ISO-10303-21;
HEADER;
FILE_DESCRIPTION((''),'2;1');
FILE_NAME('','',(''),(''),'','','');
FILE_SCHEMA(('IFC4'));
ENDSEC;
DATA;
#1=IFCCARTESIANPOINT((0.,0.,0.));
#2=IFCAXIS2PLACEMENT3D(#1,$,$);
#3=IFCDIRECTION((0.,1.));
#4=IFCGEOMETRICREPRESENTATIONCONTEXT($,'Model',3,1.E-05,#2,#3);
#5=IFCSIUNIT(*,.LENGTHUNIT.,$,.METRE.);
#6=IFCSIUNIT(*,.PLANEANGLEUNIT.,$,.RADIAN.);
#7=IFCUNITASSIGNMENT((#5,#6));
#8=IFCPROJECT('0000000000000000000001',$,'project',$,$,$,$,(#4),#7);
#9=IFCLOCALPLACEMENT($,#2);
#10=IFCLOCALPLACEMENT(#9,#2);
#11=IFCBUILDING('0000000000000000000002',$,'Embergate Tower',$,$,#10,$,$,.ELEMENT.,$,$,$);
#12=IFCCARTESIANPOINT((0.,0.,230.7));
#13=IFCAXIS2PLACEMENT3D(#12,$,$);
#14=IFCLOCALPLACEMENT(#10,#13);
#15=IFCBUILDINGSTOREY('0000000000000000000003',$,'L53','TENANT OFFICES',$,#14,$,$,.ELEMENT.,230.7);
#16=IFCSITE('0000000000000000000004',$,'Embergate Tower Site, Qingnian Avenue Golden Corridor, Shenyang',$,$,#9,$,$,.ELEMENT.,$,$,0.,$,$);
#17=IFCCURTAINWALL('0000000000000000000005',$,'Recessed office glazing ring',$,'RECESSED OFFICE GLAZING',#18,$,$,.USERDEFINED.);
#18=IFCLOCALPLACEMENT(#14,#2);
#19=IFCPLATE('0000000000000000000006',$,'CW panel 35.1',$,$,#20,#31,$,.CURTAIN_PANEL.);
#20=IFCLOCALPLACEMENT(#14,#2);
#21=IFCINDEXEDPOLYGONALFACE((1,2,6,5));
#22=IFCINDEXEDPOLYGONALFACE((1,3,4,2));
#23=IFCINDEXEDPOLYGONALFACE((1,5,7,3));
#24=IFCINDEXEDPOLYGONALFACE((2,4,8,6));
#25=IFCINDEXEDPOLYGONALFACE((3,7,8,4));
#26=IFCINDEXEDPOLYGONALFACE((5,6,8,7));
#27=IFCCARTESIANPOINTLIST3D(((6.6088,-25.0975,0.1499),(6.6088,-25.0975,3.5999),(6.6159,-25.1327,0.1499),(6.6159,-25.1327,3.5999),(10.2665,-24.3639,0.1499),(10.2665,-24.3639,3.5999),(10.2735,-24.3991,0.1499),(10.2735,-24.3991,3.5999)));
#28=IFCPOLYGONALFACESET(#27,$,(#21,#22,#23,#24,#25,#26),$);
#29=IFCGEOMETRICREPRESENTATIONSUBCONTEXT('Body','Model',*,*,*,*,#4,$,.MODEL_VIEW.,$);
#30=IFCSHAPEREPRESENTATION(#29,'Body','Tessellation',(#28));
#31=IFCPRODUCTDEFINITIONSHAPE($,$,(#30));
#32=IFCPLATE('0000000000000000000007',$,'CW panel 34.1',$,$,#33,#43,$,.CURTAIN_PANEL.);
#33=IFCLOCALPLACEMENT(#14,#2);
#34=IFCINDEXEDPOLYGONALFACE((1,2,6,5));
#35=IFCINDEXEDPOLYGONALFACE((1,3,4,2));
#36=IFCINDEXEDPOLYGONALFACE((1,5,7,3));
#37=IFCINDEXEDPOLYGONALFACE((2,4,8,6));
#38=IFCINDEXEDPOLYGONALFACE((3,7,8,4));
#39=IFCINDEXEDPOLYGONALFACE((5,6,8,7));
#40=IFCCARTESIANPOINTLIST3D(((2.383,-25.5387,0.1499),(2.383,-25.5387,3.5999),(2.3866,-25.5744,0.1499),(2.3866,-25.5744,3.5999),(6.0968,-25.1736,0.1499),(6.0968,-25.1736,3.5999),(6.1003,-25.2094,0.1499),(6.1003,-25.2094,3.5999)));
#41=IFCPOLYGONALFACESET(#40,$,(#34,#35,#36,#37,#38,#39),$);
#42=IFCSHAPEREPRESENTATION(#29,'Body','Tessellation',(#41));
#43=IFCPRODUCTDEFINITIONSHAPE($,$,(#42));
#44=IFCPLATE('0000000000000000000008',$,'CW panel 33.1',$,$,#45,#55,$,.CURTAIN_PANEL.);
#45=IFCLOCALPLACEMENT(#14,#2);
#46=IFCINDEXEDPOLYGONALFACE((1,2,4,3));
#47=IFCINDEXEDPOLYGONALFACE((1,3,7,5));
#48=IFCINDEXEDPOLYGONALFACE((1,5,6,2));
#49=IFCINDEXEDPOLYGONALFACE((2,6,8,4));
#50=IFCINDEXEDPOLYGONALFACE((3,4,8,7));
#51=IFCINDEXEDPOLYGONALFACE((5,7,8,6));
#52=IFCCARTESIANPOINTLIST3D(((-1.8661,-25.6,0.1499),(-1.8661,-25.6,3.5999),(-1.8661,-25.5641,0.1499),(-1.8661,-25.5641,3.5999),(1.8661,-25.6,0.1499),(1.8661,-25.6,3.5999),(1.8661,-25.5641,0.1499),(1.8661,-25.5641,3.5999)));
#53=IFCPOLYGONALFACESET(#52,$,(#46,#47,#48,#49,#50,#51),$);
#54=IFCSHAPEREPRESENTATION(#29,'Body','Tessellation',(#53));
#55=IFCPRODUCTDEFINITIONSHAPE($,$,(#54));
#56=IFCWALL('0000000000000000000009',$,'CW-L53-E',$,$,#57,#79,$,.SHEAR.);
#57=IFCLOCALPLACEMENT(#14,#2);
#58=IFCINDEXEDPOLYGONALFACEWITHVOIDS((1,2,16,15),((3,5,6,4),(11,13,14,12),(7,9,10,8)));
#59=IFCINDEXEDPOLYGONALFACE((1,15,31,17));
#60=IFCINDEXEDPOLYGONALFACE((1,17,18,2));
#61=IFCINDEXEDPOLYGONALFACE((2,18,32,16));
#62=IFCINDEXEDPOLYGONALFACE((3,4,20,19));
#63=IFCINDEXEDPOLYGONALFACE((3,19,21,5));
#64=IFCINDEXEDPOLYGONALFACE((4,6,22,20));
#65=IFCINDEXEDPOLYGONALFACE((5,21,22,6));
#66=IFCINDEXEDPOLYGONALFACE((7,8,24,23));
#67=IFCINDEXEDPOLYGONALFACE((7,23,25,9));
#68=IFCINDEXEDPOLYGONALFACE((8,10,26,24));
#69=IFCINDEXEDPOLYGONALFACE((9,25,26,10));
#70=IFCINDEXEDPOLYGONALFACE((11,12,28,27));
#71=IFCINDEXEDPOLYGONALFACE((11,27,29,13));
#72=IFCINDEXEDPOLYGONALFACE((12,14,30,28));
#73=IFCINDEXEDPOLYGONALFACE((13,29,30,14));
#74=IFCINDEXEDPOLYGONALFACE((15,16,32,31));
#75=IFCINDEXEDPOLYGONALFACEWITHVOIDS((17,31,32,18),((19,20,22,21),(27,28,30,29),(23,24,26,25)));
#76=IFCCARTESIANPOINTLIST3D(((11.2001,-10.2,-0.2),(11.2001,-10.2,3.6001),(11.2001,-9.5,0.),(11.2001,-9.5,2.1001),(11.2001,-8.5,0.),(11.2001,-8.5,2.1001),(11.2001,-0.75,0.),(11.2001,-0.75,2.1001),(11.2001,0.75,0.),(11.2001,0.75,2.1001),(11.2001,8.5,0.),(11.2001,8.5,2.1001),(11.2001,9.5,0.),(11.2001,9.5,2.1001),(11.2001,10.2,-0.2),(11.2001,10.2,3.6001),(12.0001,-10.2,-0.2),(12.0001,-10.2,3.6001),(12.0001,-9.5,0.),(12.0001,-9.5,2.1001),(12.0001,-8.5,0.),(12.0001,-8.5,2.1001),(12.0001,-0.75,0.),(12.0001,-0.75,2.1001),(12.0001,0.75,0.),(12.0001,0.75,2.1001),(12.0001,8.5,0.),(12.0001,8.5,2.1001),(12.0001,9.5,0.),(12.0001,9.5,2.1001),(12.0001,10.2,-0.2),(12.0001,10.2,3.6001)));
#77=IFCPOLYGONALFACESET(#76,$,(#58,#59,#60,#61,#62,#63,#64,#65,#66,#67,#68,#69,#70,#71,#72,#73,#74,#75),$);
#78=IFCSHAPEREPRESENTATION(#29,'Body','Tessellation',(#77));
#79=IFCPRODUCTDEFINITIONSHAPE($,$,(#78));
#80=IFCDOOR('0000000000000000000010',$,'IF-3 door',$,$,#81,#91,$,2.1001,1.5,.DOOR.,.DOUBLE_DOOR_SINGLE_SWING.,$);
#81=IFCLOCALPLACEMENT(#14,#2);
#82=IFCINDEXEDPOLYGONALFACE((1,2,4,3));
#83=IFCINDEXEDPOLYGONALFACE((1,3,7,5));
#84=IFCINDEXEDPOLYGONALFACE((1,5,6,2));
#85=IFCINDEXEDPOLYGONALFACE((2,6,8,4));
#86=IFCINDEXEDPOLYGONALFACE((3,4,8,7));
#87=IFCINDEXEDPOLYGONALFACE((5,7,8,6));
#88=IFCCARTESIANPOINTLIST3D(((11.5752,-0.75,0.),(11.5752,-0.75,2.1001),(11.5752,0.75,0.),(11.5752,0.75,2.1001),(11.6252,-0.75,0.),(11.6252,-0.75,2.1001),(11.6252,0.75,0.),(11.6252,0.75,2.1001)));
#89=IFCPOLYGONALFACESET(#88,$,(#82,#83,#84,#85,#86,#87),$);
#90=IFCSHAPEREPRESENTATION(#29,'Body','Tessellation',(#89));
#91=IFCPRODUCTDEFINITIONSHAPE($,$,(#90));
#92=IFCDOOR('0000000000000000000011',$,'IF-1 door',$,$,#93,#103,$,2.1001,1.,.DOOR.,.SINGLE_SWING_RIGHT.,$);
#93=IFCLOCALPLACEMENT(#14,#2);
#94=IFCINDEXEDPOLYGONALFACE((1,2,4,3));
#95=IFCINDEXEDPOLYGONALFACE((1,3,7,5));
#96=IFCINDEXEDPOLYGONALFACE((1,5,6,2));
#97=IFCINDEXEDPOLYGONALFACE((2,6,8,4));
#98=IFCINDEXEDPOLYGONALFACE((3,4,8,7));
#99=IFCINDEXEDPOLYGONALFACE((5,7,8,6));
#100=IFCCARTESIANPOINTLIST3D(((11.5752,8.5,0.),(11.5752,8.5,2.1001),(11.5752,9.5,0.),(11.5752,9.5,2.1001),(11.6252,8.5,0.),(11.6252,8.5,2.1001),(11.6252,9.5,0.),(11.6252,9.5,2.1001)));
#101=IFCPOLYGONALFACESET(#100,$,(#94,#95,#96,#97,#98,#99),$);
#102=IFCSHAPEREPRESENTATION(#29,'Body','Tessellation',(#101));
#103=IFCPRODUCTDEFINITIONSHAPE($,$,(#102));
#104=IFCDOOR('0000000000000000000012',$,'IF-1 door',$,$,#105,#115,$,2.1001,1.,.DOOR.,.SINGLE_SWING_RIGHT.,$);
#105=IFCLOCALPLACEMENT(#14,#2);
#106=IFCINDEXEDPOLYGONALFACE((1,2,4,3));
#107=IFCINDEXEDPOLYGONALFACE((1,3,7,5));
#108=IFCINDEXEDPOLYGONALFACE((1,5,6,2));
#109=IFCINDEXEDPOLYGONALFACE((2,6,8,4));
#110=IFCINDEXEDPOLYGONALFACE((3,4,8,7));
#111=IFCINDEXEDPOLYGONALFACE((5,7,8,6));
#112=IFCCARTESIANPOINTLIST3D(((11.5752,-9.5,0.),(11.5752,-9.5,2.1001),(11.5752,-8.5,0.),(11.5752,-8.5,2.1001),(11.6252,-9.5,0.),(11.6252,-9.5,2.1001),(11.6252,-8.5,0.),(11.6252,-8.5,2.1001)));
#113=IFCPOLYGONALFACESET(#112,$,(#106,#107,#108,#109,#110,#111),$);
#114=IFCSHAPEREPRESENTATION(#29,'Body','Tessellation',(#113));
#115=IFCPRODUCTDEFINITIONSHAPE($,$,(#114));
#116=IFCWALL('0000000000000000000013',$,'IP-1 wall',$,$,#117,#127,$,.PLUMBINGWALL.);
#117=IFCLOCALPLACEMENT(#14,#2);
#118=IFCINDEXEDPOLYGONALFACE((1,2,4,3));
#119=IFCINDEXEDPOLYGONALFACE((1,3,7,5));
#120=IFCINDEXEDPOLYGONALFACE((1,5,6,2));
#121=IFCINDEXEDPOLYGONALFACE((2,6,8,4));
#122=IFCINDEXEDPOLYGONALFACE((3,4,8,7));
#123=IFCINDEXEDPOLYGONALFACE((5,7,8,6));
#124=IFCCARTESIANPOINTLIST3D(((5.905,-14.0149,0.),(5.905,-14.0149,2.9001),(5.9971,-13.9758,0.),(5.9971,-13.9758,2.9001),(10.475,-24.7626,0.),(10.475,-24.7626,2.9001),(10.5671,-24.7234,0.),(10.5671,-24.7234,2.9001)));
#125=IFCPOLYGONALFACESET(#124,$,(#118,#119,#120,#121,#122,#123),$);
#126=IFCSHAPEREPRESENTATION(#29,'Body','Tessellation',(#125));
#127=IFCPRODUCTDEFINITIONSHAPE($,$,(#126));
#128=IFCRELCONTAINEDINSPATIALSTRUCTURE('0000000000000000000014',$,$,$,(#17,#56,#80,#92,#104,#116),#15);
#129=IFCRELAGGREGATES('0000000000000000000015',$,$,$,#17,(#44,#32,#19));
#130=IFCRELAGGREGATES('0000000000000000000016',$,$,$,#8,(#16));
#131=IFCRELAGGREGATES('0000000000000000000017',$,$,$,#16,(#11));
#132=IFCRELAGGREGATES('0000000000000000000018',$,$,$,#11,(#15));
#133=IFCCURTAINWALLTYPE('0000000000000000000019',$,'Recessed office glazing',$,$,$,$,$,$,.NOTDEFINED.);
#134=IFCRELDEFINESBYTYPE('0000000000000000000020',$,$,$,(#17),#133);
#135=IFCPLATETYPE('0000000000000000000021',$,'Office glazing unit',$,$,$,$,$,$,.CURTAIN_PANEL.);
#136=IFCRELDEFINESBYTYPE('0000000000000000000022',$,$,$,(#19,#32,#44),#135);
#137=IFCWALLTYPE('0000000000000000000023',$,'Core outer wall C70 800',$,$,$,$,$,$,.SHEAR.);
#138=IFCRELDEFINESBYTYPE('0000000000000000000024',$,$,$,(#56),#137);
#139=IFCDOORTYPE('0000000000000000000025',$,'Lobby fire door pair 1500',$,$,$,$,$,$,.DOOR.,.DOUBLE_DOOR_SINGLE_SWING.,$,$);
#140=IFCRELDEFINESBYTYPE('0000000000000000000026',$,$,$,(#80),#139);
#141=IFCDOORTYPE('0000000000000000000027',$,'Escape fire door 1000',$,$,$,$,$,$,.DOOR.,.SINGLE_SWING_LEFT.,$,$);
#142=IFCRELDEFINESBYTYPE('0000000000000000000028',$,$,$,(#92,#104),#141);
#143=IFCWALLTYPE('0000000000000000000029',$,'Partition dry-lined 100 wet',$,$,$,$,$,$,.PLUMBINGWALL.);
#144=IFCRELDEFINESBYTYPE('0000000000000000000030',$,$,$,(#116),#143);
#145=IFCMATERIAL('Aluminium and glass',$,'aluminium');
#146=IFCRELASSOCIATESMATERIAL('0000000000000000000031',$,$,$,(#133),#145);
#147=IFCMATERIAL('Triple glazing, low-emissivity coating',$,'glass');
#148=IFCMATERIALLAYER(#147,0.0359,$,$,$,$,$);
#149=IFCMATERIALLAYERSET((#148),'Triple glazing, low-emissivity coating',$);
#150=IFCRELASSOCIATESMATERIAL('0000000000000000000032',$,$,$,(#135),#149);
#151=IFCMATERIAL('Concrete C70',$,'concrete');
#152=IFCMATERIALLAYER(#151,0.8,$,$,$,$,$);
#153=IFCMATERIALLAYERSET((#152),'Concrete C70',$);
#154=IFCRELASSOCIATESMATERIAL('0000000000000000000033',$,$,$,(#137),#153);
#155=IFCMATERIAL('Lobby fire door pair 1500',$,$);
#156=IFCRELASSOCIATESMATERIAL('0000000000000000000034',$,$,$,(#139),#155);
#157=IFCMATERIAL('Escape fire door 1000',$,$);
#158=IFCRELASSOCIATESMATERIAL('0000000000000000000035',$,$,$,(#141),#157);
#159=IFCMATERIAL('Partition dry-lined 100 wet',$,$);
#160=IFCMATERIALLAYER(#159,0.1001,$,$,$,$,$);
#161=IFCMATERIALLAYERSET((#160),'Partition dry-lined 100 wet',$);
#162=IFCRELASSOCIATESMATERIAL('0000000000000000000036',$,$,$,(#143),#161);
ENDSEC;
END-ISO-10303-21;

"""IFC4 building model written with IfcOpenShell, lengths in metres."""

from ifc_helpers import new_model, si_unit, direction, frame, frame_2d, origin, origin_2d, place, context, subcontext, project, spatial, rectangle, extrude, source, transform, mapped, material, layer, layer_set, type_object, element, fill, aggregate, save


model = new_model("IFC4")

# Units and contexts
model_context = context("Model", 3, precision=1e-05, world=origin(), true_north=direction((0.0, 1.0)))
body_context = subcontext(model_context, "Body", "Model", "MODEL_VIEW")
ifc_project = project(units=[si_unit("LENGTHUNIT", "METRE"), si_unit("PLANEANGLEUNIT", "RADIAN")], contexts=[model_context])

# Site, building, storey
site_placement = place(None, origin())
site = spatial("IfcSite", under=ifc_project, at=site_placement, Name="Embergate Tower Site, Qingnian Avenue Golden Corridor, Shenyang", CompositionType="ELEMENT", RefElevation=0.0)
building_placement = place(site_placement, origin())
building = spatial("IfcBuilding", under=site, at=building_placement, Name="Embergate Tower", CompositionType="ELEMENT")
storey_placement = place(building_placement, frame((0.0, 0.0, 230.7)))
storey = spatial("IfcBuildingStorey", under=building, at=storey_placement, Name="L53", Description="TENANT OFFICES", CompositionType="ELEMENT", Elevation=230.7)

# Curtain wall, plates
ifc_material_1 = material(Name="Aluminium and glass", Category="aluminium")
curtain_wall_type = type_object("IfcCurtainWallType", Name="Recessed office glazing", PredefinedType="NOTDEFINED", material=ifc_material_1)
curtain_wall_placement = place(storey_placement, origin())
curtain_wall = element("IfcCurtainWall", 1, at=curtain_wall_placement, inside=storey, type_object=curtain_wall_type, Name="Recessed office glazing ring", ObjectType="RECESSED OFFICE GLAZING", PredefinedType="USERDEFINED")
ifc_material_2 = material(Name="Triple glazing, low-emissivity coating", Category="glass")
ifc_layer_1 = layer(ifc_material_2, 0.0359)
ifc_layer_set_1 = layer_set([ifc_layer_1], Name="Triple glazing, low-emissivity coating")
plate_type = type_object("IfcPlateType", Name="Office glazing unit", PredefinedType="CURTAIN_PANEL", material=ifc_layer_set_1)
shared_shape_1 = source(origin(), body_context, "Body", "SweptSolid", [
    extrude(rectangle(XDim=3.7305, YDim=0.0359, at=origin_2d()), origin(), (0.0, 0.0, 1.0), 3.45),
])
plate_1_placement = place(storey_placement, frame((8.4412, -24.7483, 0.1499), z_axis=(0.0, 0.0, 1.0), x_axis=(0.980477, 0.196636, 0.0)))
plate_1 = element("IfcPlate", 2, at=plate_1_placement, type_object=plate_type, Name="CW panel 35.1", PredefinedType="CURTAIN_PANEL", context=body_context, shape_type="MappedRepresentation", body=[
    mapped(shared_shape_1, transform((0.0, 0.0, 0.0))),
])
shared_shape_2 = source(origin(), body_context, "Body", "SweptSolid", [
    extrude(rectangle(XDim=3.7317, YDim=0.0359, at=origin_2d()), origin(), (0.0, 0.0, 1.0), 3.45),
])
plate_2_placement = place(storey_placement, frame((4.2417, -25.374, 0.1499), z_axis=(0.0, 0.0, 1.0), x_axis=(0.995203, 0.097828, 0.0)))
plate_2 = element("IfcPlate", 3, at=plate_2_placement, type_object=plate_type, Name="CW panel 34.1", PredefinedType="CURTAIN_PANEL", context=body_context, shape_type="MappedRepresentation", body=[
    mapped(shared_shape_2, transform((0.0, 0.0, 0.0))),
])
shared_shape_3 = source(origin(), body_context, "Body", "SweptSolid", [
    extrude(rectangle(XDim=3.7322, YDim=0.0359, at=origin_2d()), origin(), (0.0, 0.0, 1.0), 3.45),
])
plate_3_placement = place(storey_placement, frame((0.0, -25.582, 0.1499), z_axis=(0.0, 0.0, 1.0), x_axis=(1.0, 0.0, 0.0)))
plate_3 = element("IfcPlate", 4, at=plate_3_placement, type_object=plate_type, Name="CW panel 33.1", PredefinedType="CURTAIN_PANEL", context=body_context, shape_type="MappedRepresentation", body=[
    mapped(shared_shape_3, transform((0.0, 0.0, 0.0))),
])
aggregate(curtain_wall, [plate_3, plate_2, plate_1])

# Wall, openings, doors
ifc_material_3 = material(Name="Concrete C70", Category="concrete")
ifc_layer_2 = layer(ifc_material_3, 0.8)
ifc_layer_set_2 = layer_set([ifc_layer_2], Name="Concrete C70")
wall_type_1 = type_object("IfcWallType", Name="Core outer wall C70 800", PredefinedType="SHEAR", material=ifc_layer_set_2)
shared_shape_4 = source(origin(), body_context, "Body", "SweptSolid", [
    extrude(rectangle(XDim=20.3999, YDim=0.8, at=frame_2d((10.2, 0.0))), origin(), (0.0, 0.0, 1.0), 3.8),
])
wall_1_placement = place(storey_placement, frame((11.6001, -10.2, -0.2), z_axis=(0.0, 0.0, 1.0), x_axis=(0.0, 1.0, 0.0)))
wall_1 = element("IfcWall", 5, at=wall_1_placement, inside=storey, type_object=wall_type_1, Name="CW-L53-E", PredefinedType="SHEAR", context=body_context, shape_type="MappedRepresentation", body=[
    mapped(shared_shape_4, transform((0.0, 0.0, 0.0))),
])
shared_shape_5 = source(origin(), body_context, "Body", "SweptSolid", [
    extrude(rectangle(XDim=1.0, YDim=2.1001, at=frame_2d((0.5, 1.05))), frame((0.0, 0.4099, 0.0), z_axis=(0.0, -1.0, 0.0), x_axis=(1.0, 0.0, 0.0)), (0.0, 0.0, 1.0), 0.8201),
])
opening_1_placement = place(wall_1_placement, frame((18.7, 0.0, 0.2)))
opening_1 = element("IfcOpeningElement", 6, at=opening_1_placement, cuts=wall_1, PredefinedType="OPENING", context=body_context, shape_type="MappedRepresentation", body=[
    mapped(shared_shape_5, transform((0.0, 0.0, 0.0))),
])
opening_2_placement = place(wall_1_placement, frame((0.7, 0.0, 0.2)))
opening_2 = element("IfcOpeningElement", 7, at=opening_2_placement, cuts=wall_1, PredefinedType="OPENING", context=body_context, shape_type="MappedRepresentation", body=[
    mapped(shared_shape_5, transform((0.0, 0.0, 0.0))),
])
shared_shape_6 = source(origin(), body_context, "Body", "SweptSolid", [
    extrude(rectangle(XDim=1.5, YDim=2.1001, at=frame_2d((0.75, 1.05))), frame((0.0, 0.4099, 0.0), z_axis=(0.0, -1.0, 0.0), x_axis=(1.0, 0.0, 0.0)), (0.0, 0.0, 1.0), 0.8201),
])
opening_3_placement = place(wall_1_placement, frame((9.45, 0.0, 0.2)))
opening_3 = element("IfcOpeningElement", 8, at=opening_3_placement, cuts=wall_1, PredefinedType="OPENING", context=body_context, shape_type="MappedRepresentation", body=[
    mapped(shared_shape_6, transform((0.0, 0.0, 0.0))),
])
ifc_material_4 = material(Name="Lobby fire door pair 1500")
door_type_1 = type_object("IfcDoorType", Name="Lobby fire door pair 1500", OperationType="DOUBLE_DOOR_SINGLE_SWING", PredefinedType="DOOR", material=ifc_material_4)
shared_shape_7 = source(origin(), body_context, "Body", "SweptSolid", [
    extrude(rectangle(XDim=1.5, YDim=2.1001, at=frame_2d((0.75, 1.05))), frame((0.0, 0.0249, 0.0), z_axis=(0.0, -1.0, 0.0), x_axis=(1.0, 0.0, 0.0)), (0.0, 0.0, 1.0), 0.05),
])
door_1_placement = place(opening_3_placement, origin())
door_1 = element("IfcDoor", 9, at=door_1_placement, inside=storey, type_object=door_type_1, Name="IF-3 door", OperationType="DOUBLE_DOOR_SINGLE_SWING", OverallHeight=2.1001, OverallWidth=1.5, PredefinedType="DOOR", context=body_context, shape_type="MappedRepresentation", body=[
    mapped(shared_shape_7, transform((0.0, 0.0, 0.0))),
])
fill(opening_3, door_1)
ifc_material_5 = material(Name="Escape fire door 1000")
door_type_2 = type_object("IfcDoorType", Name="Escape fire door 1000", OperationType="SINGLE_SWING_LEFT", PredefinedType="DOOR", material=ifc_material_5)
shared_shape_8 = source(origin(), body_context, "Body", "SweptSolid", [
    extrude(rectangle(XDim=1.0, YDim=2.1001, at=frame_2d((0.5, 1.05))), frame((0.0, 0.0249, 0.0), z_axis=(0.0, -1.0, 0.0), x_axis=(1.0, 0.0, 0.0)), (0.0, 0.0, 1.0), 0.05),
])
door_2_placement = place(opening_1_placement, origin())
door_2 = element("IfcDoor", 10, at=door_2_placement, inside=storey, type_object=door_type_2, Name="IF-1 door", OperationType="SINGLE_SWING_RIGHT", OverallHeight=2.1001, OverallWidth=1.0, PredefinedType="DOOR", context=body_context, shape_type="MappedRepresentation", body=[
    mapped(shared_shape_8, transform((0.0, 0.0, 0.0))),
])
fill(opening_1, door_2)
door_3_placement = place(opening_2_placement, origin())
door_3 = element("IfcDoor", 11, at=door_3_placement, inside=storey, type_object=door_type_2, Name="IF-1 door", OperationType="SINGLE_SWING_RIGHT", OverallHeight=2.1001, OverallWidth=1.0, PredefinedType="DOOR", context=body_context, shape_type="MappedRepresentation", body=[
    mapped(shared_shape_8, transform((0.0, 0.0, 0.0))),
])
fill(opening_2, door_3)

# Wall
ifc_material_6 = material(Name="Partition dry-lined 100 wet")
ifc_layer_3 = layer(ifc_material_6, 0.1001)
ifc_layer_set_3 = layer_set([ifc_layer_3], Name="Partition dry-lined 100 wet")
wall_type_2 = type_object("IfcWallType", Name="Partition dry-lined 100 wet", PredefinedType="PLUMBINGWALL", material=ifc_layer_set_3)
shared_shape_9 = source(origin(), body_context, "Body", "SweptSolid", [
    extrude(rectangle(XDim=11.679, YDim=0.1001, at=frame_2d((5.8394, 0.0))), origin(), (0.0, 0.0, 1.0), 2.9001),
])
wall_2_placement = place(storey_placement, frame((10.521, -24.7429, 0.0), z_axis=(0.0, 0.0, 1.0), x_axis=(-0.391304, 0.920261, 0.0)))
element("IfcWall", 12, at=wall_2_placement, inside=storey, type_object=wall_type_2, Name="IP-1 wall", PredefinedType="PLUMBINGWALL", context=body_context, shape_type="MappedRepresentation", body=[
    mapped(shared_shape_9, transform((0.0, 0.0, 0.0))),
])

save(model, "model.ifc")
